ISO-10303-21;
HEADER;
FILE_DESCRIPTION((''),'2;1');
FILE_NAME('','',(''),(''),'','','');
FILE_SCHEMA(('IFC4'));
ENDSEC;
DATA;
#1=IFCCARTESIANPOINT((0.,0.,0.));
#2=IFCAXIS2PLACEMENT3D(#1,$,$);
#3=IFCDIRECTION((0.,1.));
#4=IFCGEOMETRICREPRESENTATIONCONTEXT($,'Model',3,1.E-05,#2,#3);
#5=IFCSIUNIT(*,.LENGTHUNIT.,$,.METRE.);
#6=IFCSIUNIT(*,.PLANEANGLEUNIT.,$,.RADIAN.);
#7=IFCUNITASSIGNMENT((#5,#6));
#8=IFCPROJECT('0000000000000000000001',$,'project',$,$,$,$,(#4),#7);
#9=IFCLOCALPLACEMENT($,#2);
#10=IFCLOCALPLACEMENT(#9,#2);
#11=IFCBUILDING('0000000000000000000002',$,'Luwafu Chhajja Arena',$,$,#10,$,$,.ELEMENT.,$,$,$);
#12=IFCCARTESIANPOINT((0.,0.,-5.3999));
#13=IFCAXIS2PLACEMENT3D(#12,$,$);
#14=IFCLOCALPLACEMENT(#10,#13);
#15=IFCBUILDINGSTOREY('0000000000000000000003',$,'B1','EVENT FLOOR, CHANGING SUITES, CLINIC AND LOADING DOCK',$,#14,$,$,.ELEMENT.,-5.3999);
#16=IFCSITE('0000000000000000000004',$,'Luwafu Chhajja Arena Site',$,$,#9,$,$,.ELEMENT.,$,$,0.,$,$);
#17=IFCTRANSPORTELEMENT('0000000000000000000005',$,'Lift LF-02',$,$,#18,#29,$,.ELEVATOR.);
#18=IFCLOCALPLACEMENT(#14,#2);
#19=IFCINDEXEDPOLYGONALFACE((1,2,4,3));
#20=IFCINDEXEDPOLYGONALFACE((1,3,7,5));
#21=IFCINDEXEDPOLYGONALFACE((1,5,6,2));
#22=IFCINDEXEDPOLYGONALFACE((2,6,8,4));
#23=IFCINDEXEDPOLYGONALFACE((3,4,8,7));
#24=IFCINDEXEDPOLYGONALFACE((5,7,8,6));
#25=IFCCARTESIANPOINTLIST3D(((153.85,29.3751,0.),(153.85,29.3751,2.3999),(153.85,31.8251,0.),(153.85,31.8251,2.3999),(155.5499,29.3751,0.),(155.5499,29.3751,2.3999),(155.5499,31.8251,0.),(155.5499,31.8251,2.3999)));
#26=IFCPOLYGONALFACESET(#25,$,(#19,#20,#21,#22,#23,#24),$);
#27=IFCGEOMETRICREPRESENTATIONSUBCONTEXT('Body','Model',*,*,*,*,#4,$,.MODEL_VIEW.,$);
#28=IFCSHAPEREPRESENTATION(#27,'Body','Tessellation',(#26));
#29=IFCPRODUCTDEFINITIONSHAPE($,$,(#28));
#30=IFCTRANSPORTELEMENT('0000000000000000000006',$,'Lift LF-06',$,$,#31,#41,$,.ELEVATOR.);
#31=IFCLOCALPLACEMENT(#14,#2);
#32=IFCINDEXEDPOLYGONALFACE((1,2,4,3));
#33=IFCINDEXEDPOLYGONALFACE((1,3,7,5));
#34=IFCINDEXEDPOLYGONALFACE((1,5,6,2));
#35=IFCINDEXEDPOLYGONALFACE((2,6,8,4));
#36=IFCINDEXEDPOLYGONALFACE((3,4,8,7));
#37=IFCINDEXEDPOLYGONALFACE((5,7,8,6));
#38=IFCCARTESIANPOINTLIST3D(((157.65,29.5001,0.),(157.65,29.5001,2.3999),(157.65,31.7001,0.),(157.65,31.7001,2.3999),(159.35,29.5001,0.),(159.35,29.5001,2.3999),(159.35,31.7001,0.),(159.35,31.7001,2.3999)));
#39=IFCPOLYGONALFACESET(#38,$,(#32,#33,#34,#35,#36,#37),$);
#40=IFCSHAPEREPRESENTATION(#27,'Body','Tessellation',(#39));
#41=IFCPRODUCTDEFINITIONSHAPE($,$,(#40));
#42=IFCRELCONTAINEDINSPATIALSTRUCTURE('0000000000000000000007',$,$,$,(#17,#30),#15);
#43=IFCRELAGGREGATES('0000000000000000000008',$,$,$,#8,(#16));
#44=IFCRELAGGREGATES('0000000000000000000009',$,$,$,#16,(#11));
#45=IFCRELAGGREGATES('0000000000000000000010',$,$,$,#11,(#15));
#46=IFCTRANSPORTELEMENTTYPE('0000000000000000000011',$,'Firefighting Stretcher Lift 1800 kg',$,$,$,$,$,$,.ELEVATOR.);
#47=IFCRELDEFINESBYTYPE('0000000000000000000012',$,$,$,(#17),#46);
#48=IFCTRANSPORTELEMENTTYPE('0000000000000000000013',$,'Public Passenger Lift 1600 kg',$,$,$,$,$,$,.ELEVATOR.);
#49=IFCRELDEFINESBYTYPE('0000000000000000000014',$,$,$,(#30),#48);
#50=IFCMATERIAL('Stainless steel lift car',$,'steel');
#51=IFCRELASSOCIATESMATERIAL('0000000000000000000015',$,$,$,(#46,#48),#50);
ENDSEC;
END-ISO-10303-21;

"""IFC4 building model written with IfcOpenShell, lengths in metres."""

from ifc_helpers import new_model, si_unit, direction, frame, origin, origin_2d, place, context, subcontext, project, spatial, rectangle, extrude, material, type_object, element, save


model = new_model("IFC4")

# Units and contexts
model_context = context("Model", 3, precision=1e-05, world=origin(), true_north=direction((0.0, 1.0)))
body_context = subcontext(model_context, "Body", "Model", "MODEL_VIEW")
ifc_project = project(units=[si_unit("LENGTHUNIT", "METRE"), si_unit("PLANEANGLEUNIT", "RADIAN")], contexts=[model_context])

# Site, building, storey
site_placement = place(None, origin())
site = spatial("IfcSite", under=ifc_project, at=site_placement, Name="Luwafu Chhajja Arena Site", CompositionType="ELEMENT", RefElevation=0.0)
building_placement = place(site_placement, origin())
building = spatial("IfcBuilding", under=site, at=building_placement, Name="Luwafu Chhajja Arena", CompositionType="ELEMENT")
storey_placement = place(building_placement, frame((0.0, 0.0, -5.3999)))
storey = spatial("IfcBuildingStorey", under=building, at=storey_placement, Name="B1", Description="EVENT FLOOR, CHANGING SUITES, CLINIC AND LOADING DOCK", CompositionType="ELEMENT", Elevation=-5.3999)

# Transport elements
ifc_material_1 = material(Name="Stainless steel lift car", Category="steel")
transport_element_type_1 = type_object("IfcTransportElementType", Name="Firefighting Stretcher Lift 1800 kg", PredefinedType="ELEVATOR", material=ifc_material_1)
transport_element_1_placement = place(storey_placement, frame((154.7, 30.6001, 0.0), z_axis=(0.0, 0.0, 1.0), x_axis=(1.0, 0.0, 0.0)))
element("IfcTransportElement", 1, at=transport_element_1_placement, inside=storey, type_object=transport_element_type_1, Name="Lift LF-02", PredefinedType="ELEVATOR", context=body_context, shape_type="SweptSolid", body=[
    extrude(rectangle(XDim=1.7, YDim=2.45, at=origin_2d()), origin(), (0.0, 0.0, 1.0), 2.3999),
])
transport_element_type_2 = type_object("IfcTransportElementType", Name="Public Passenger Lift 1600 kg", PredefinedType="ELEVATOR", material=ifc_material_1)
transport_element_2_placement = place(storey_placement, frame((158.5, 30.6001, 0.0), z_axis=(0.0, 0.0, 1.0), x_axis=(1.0, 0.0, 0.0)))
element("IfcTransportElement", 2, at=transport_element_2_placement, inside=storey, type_object=transport_element_type_2, Name="Lift LF-06", PredefinedType="ELEVATOR", context=body_context, shape_type="SweptSolid", body=[
    extrude(rectangle(XDim=1.7, YDim=2.2, at=origin_2d()), origin(), (0.0, 0.0, 1.0), 2.3999),
])

save(model, "model.ifc")
